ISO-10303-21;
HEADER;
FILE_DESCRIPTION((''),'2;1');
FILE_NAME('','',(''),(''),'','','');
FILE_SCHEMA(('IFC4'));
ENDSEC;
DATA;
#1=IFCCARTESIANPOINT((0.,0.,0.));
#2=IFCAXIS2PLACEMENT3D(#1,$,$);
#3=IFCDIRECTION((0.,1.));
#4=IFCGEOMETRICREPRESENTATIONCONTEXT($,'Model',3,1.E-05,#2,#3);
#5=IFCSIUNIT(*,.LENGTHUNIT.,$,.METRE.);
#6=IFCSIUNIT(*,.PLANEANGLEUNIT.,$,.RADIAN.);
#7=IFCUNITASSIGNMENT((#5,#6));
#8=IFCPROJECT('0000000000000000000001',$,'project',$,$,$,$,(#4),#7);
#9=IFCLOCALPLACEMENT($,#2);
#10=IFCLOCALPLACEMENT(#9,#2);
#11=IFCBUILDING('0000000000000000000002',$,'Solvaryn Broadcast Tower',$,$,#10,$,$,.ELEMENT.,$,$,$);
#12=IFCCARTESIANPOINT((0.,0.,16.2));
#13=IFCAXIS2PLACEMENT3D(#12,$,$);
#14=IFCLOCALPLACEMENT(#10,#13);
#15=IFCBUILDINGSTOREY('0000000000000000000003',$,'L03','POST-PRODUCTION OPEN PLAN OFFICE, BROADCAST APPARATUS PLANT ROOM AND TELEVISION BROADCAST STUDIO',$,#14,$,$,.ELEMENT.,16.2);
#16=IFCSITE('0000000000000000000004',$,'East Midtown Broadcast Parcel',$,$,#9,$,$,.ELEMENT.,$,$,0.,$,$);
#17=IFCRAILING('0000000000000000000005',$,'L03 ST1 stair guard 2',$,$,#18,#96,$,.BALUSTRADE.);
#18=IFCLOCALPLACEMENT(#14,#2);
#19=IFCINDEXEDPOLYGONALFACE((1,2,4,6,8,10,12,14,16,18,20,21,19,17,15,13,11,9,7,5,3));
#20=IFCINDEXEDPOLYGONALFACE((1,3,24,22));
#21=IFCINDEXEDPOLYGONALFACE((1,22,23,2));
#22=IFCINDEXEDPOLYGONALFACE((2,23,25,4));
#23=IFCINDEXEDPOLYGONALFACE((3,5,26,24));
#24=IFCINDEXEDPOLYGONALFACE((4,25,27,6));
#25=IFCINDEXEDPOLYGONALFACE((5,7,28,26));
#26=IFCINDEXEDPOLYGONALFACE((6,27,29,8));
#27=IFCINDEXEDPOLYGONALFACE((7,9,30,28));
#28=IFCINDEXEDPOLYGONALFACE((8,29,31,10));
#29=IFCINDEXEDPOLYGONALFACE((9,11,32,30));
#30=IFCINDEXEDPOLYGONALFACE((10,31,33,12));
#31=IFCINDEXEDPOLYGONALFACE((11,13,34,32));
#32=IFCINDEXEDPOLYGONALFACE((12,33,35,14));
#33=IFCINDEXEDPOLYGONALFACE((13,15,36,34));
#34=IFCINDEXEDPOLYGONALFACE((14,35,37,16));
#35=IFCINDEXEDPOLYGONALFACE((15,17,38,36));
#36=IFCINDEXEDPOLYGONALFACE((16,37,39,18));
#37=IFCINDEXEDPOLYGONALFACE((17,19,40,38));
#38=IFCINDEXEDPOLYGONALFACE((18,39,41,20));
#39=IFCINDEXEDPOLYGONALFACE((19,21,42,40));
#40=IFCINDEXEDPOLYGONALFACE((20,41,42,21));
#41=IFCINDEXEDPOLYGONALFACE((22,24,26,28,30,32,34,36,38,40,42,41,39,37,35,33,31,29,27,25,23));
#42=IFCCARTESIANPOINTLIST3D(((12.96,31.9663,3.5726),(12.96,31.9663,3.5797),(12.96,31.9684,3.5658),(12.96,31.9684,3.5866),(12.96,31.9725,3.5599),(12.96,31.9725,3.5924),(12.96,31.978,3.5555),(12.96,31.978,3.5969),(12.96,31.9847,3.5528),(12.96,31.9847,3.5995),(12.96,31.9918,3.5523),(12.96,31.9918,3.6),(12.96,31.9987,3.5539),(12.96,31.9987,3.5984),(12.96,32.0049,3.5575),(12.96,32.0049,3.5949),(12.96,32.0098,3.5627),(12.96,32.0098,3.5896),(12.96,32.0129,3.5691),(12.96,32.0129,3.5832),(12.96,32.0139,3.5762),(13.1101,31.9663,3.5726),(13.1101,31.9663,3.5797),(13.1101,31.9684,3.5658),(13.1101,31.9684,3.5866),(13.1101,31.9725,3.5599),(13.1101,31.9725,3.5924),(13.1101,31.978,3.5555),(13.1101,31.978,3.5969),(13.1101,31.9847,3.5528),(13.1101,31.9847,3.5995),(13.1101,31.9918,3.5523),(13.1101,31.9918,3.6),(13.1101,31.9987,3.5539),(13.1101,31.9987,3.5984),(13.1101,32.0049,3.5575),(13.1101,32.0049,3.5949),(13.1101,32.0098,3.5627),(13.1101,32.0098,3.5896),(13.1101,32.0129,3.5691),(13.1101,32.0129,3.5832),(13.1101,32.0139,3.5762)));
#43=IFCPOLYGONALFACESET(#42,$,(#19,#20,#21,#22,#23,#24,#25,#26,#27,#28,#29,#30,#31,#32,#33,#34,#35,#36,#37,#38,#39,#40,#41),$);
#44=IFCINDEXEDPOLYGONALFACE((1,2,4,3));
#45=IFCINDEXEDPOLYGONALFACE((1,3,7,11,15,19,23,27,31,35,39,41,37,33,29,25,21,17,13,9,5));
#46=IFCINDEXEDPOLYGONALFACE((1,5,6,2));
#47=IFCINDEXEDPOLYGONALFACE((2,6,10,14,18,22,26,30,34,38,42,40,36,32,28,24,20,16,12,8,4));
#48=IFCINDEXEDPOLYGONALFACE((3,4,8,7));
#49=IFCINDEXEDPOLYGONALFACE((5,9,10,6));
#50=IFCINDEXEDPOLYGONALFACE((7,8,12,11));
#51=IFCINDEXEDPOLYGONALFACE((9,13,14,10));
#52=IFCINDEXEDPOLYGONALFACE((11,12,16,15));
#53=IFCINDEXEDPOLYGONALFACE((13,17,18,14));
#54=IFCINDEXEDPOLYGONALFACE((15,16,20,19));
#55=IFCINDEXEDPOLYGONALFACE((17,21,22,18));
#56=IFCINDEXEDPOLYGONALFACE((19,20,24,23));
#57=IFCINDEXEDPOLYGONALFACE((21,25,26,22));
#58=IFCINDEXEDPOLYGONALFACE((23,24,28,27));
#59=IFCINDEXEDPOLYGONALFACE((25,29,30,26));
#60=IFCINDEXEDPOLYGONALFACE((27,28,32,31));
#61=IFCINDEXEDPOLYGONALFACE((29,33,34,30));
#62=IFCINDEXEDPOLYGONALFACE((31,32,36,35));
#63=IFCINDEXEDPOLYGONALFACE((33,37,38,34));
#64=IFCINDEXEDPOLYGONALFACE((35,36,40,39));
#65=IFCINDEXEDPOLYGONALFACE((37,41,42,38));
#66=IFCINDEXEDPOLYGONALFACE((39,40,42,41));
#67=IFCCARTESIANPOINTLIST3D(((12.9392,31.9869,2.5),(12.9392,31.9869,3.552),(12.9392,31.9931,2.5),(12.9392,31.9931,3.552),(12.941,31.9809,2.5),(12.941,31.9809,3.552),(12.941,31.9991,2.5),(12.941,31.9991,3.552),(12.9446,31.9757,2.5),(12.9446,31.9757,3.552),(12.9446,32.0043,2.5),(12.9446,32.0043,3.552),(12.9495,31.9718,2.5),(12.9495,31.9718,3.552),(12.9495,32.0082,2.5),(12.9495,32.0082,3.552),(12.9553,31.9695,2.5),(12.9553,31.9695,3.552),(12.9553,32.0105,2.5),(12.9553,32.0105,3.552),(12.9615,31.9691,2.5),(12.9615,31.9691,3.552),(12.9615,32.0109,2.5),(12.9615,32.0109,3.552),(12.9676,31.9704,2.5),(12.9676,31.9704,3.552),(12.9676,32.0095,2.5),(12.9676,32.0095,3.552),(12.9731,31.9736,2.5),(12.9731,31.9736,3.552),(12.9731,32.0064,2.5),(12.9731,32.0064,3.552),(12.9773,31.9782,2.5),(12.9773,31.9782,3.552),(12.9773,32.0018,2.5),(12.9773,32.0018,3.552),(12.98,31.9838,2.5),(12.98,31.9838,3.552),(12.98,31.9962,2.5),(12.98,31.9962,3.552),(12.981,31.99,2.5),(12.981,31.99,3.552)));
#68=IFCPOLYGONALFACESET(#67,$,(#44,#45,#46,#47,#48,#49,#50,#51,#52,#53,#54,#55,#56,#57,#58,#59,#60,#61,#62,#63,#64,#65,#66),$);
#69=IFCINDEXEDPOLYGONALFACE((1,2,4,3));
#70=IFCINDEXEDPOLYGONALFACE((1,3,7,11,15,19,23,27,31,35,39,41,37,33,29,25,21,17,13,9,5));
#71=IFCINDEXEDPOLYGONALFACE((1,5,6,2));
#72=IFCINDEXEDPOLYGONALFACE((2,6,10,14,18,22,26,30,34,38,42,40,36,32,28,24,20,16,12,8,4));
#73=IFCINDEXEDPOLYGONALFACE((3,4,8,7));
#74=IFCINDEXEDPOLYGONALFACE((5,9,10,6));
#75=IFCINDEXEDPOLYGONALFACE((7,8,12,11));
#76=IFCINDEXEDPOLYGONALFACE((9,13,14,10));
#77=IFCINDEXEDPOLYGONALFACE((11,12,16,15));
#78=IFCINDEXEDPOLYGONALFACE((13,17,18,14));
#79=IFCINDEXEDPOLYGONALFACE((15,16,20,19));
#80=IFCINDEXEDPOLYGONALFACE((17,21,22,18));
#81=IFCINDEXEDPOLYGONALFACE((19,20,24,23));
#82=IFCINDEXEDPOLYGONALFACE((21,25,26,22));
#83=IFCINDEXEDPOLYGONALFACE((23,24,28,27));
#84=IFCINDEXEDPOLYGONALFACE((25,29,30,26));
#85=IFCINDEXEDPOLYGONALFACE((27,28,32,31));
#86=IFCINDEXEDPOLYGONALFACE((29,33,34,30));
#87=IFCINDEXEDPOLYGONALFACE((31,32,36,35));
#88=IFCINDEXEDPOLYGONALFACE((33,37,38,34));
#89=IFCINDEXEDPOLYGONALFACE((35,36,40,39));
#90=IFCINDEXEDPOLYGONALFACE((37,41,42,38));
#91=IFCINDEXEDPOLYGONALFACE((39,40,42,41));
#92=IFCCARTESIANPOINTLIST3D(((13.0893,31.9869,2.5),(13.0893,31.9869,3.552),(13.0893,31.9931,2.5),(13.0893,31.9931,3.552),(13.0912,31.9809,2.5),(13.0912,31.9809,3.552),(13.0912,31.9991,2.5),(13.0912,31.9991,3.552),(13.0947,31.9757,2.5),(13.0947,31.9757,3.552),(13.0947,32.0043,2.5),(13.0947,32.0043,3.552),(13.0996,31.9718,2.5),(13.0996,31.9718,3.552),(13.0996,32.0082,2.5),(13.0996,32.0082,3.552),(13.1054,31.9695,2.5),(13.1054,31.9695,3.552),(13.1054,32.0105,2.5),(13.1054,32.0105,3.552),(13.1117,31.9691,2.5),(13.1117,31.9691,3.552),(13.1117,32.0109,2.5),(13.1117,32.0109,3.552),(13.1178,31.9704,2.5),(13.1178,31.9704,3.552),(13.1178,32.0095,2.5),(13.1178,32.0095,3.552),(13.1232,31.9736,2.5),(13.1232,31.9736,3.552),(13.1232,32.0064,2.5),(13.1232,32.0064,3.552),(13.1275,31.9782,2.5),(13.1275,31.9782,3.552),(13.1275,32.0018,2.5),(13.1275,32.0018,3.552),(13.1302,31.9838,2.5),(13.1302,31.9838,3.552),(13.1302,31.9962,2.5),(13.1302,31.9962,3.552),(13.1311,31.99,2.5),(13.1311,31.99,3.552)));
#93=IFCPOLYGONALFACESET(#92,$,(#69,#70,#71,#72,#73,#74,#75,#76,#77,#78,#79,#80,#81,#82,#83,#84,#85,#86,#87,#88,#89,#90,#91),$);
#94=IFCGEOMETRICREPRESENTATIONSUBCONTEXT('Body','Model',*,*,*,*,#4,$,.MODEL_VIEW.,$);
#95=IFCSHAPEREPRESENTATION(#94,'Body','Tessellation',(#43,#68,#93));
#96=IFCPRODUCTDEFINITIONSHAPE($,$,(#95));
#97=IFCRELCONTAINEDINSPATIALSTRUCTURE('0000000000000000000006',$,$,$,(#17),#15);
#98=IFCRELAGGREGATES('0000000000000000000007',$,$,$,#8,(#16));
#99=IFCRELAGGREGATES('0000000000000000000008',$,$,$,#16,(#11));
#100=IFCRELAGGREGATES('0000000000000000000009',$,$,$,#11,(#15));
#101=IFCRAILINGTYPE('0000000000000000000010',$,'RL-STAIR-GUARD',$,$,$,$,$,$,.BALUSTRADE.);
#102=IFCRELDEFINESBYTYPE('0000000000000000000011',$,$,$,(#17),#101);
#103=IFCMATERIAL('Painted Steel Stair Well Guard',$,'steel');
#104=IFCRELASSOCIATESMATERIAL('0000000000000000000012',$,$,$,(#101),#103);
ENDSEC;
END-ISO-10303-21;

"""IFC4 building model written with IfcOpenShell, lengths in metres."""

from ifc_helpers import new_model, si_unit, direction, frame, origin, origin_2d, place, context, subcontext, project, spatial, circle, extrude, material, type_object, element, save


model = new_model("IFC4")

# Units and contexts
model_context = context("Model", 3, precision=1e-05, world=origin(), true_north=direction((0.0, 1.0)))
body_context = subcontext(model_context, "Body", "Model", "MODEL_VIEW")
ifc_project = project(units=[si_unit("LENGTHUNIT", "METRE"), si_unit("PLANEANGLEUNIT", "RADIAN")], contexts=[model_context])

# Site, building, storey
site_placement = place(None, origin())
site = spatial("IfcSite", under=ifc_project, at=site_placement, Name="East Midtown Broadcast Parcel", CompositionType="ELEMENT", RefElevation=0.0)
building_placement = place(site_placement, origin())
building = spatial("IfcBuilding", under=site, at=building_placement, Name="Solvaryn Broadcast Tower", CompositionType="ELEMENT")
storey_placement = place(building_placement, frame((0.0, 0.0, 16.2)))
storey = spatial("IfcBuildingStorey", under=building, at=storey_placement, Name="L03", Description="POST-PRODUCTION OPEN PLAN OFFICE, BROADCAST APPARATUS PLANT ROOM AND TELEVISION BROADCAST STUDIO", CompositionType="ELEMENT", Elevation=16.2)

# Railing
ifc_material_1 = material(Name="Painted Steel Stair Well Guard", Category="steel")
railing_type_1 = type_object("IfcRailingType", Name="RL-STAIR-GUARD", PredefinedType="BALUSTRADE", material=ifc_material_1)
railing_1_placement = place(storey_placement, frame((12.96, 31.99, 2.5)))
element("IfcRailing", 1, at=railing_1_placement, inside=storey, type_object=railing_type_1, Name="L03 ST1 stair guard 2", PredefinedType="BALUSTRADE", context=body_context, shape_type="SweptSolid", body=[
    extrude(circle(Radius=0.0239, at=origin_2d()), frame((0.0, 0.0, 1.0762), z_axis=(1.0, 0.0, 0.0), x_axis=(0.0, 1.0, 0.0)), (0.0, 0.0, 1.0), 0.1501),
    extrude(circle(Radius=0.021, at=origin_2d()), origin(), (0.0, 0.0, 1.0), 1.052),
    extrude(circle(Radius=0.021, at=origin_2d()), frame((0.1501, 0.0, 0.0)), (0.0, 0.0, 1.0), 1.052),
])

save(model, "model.ifc")
